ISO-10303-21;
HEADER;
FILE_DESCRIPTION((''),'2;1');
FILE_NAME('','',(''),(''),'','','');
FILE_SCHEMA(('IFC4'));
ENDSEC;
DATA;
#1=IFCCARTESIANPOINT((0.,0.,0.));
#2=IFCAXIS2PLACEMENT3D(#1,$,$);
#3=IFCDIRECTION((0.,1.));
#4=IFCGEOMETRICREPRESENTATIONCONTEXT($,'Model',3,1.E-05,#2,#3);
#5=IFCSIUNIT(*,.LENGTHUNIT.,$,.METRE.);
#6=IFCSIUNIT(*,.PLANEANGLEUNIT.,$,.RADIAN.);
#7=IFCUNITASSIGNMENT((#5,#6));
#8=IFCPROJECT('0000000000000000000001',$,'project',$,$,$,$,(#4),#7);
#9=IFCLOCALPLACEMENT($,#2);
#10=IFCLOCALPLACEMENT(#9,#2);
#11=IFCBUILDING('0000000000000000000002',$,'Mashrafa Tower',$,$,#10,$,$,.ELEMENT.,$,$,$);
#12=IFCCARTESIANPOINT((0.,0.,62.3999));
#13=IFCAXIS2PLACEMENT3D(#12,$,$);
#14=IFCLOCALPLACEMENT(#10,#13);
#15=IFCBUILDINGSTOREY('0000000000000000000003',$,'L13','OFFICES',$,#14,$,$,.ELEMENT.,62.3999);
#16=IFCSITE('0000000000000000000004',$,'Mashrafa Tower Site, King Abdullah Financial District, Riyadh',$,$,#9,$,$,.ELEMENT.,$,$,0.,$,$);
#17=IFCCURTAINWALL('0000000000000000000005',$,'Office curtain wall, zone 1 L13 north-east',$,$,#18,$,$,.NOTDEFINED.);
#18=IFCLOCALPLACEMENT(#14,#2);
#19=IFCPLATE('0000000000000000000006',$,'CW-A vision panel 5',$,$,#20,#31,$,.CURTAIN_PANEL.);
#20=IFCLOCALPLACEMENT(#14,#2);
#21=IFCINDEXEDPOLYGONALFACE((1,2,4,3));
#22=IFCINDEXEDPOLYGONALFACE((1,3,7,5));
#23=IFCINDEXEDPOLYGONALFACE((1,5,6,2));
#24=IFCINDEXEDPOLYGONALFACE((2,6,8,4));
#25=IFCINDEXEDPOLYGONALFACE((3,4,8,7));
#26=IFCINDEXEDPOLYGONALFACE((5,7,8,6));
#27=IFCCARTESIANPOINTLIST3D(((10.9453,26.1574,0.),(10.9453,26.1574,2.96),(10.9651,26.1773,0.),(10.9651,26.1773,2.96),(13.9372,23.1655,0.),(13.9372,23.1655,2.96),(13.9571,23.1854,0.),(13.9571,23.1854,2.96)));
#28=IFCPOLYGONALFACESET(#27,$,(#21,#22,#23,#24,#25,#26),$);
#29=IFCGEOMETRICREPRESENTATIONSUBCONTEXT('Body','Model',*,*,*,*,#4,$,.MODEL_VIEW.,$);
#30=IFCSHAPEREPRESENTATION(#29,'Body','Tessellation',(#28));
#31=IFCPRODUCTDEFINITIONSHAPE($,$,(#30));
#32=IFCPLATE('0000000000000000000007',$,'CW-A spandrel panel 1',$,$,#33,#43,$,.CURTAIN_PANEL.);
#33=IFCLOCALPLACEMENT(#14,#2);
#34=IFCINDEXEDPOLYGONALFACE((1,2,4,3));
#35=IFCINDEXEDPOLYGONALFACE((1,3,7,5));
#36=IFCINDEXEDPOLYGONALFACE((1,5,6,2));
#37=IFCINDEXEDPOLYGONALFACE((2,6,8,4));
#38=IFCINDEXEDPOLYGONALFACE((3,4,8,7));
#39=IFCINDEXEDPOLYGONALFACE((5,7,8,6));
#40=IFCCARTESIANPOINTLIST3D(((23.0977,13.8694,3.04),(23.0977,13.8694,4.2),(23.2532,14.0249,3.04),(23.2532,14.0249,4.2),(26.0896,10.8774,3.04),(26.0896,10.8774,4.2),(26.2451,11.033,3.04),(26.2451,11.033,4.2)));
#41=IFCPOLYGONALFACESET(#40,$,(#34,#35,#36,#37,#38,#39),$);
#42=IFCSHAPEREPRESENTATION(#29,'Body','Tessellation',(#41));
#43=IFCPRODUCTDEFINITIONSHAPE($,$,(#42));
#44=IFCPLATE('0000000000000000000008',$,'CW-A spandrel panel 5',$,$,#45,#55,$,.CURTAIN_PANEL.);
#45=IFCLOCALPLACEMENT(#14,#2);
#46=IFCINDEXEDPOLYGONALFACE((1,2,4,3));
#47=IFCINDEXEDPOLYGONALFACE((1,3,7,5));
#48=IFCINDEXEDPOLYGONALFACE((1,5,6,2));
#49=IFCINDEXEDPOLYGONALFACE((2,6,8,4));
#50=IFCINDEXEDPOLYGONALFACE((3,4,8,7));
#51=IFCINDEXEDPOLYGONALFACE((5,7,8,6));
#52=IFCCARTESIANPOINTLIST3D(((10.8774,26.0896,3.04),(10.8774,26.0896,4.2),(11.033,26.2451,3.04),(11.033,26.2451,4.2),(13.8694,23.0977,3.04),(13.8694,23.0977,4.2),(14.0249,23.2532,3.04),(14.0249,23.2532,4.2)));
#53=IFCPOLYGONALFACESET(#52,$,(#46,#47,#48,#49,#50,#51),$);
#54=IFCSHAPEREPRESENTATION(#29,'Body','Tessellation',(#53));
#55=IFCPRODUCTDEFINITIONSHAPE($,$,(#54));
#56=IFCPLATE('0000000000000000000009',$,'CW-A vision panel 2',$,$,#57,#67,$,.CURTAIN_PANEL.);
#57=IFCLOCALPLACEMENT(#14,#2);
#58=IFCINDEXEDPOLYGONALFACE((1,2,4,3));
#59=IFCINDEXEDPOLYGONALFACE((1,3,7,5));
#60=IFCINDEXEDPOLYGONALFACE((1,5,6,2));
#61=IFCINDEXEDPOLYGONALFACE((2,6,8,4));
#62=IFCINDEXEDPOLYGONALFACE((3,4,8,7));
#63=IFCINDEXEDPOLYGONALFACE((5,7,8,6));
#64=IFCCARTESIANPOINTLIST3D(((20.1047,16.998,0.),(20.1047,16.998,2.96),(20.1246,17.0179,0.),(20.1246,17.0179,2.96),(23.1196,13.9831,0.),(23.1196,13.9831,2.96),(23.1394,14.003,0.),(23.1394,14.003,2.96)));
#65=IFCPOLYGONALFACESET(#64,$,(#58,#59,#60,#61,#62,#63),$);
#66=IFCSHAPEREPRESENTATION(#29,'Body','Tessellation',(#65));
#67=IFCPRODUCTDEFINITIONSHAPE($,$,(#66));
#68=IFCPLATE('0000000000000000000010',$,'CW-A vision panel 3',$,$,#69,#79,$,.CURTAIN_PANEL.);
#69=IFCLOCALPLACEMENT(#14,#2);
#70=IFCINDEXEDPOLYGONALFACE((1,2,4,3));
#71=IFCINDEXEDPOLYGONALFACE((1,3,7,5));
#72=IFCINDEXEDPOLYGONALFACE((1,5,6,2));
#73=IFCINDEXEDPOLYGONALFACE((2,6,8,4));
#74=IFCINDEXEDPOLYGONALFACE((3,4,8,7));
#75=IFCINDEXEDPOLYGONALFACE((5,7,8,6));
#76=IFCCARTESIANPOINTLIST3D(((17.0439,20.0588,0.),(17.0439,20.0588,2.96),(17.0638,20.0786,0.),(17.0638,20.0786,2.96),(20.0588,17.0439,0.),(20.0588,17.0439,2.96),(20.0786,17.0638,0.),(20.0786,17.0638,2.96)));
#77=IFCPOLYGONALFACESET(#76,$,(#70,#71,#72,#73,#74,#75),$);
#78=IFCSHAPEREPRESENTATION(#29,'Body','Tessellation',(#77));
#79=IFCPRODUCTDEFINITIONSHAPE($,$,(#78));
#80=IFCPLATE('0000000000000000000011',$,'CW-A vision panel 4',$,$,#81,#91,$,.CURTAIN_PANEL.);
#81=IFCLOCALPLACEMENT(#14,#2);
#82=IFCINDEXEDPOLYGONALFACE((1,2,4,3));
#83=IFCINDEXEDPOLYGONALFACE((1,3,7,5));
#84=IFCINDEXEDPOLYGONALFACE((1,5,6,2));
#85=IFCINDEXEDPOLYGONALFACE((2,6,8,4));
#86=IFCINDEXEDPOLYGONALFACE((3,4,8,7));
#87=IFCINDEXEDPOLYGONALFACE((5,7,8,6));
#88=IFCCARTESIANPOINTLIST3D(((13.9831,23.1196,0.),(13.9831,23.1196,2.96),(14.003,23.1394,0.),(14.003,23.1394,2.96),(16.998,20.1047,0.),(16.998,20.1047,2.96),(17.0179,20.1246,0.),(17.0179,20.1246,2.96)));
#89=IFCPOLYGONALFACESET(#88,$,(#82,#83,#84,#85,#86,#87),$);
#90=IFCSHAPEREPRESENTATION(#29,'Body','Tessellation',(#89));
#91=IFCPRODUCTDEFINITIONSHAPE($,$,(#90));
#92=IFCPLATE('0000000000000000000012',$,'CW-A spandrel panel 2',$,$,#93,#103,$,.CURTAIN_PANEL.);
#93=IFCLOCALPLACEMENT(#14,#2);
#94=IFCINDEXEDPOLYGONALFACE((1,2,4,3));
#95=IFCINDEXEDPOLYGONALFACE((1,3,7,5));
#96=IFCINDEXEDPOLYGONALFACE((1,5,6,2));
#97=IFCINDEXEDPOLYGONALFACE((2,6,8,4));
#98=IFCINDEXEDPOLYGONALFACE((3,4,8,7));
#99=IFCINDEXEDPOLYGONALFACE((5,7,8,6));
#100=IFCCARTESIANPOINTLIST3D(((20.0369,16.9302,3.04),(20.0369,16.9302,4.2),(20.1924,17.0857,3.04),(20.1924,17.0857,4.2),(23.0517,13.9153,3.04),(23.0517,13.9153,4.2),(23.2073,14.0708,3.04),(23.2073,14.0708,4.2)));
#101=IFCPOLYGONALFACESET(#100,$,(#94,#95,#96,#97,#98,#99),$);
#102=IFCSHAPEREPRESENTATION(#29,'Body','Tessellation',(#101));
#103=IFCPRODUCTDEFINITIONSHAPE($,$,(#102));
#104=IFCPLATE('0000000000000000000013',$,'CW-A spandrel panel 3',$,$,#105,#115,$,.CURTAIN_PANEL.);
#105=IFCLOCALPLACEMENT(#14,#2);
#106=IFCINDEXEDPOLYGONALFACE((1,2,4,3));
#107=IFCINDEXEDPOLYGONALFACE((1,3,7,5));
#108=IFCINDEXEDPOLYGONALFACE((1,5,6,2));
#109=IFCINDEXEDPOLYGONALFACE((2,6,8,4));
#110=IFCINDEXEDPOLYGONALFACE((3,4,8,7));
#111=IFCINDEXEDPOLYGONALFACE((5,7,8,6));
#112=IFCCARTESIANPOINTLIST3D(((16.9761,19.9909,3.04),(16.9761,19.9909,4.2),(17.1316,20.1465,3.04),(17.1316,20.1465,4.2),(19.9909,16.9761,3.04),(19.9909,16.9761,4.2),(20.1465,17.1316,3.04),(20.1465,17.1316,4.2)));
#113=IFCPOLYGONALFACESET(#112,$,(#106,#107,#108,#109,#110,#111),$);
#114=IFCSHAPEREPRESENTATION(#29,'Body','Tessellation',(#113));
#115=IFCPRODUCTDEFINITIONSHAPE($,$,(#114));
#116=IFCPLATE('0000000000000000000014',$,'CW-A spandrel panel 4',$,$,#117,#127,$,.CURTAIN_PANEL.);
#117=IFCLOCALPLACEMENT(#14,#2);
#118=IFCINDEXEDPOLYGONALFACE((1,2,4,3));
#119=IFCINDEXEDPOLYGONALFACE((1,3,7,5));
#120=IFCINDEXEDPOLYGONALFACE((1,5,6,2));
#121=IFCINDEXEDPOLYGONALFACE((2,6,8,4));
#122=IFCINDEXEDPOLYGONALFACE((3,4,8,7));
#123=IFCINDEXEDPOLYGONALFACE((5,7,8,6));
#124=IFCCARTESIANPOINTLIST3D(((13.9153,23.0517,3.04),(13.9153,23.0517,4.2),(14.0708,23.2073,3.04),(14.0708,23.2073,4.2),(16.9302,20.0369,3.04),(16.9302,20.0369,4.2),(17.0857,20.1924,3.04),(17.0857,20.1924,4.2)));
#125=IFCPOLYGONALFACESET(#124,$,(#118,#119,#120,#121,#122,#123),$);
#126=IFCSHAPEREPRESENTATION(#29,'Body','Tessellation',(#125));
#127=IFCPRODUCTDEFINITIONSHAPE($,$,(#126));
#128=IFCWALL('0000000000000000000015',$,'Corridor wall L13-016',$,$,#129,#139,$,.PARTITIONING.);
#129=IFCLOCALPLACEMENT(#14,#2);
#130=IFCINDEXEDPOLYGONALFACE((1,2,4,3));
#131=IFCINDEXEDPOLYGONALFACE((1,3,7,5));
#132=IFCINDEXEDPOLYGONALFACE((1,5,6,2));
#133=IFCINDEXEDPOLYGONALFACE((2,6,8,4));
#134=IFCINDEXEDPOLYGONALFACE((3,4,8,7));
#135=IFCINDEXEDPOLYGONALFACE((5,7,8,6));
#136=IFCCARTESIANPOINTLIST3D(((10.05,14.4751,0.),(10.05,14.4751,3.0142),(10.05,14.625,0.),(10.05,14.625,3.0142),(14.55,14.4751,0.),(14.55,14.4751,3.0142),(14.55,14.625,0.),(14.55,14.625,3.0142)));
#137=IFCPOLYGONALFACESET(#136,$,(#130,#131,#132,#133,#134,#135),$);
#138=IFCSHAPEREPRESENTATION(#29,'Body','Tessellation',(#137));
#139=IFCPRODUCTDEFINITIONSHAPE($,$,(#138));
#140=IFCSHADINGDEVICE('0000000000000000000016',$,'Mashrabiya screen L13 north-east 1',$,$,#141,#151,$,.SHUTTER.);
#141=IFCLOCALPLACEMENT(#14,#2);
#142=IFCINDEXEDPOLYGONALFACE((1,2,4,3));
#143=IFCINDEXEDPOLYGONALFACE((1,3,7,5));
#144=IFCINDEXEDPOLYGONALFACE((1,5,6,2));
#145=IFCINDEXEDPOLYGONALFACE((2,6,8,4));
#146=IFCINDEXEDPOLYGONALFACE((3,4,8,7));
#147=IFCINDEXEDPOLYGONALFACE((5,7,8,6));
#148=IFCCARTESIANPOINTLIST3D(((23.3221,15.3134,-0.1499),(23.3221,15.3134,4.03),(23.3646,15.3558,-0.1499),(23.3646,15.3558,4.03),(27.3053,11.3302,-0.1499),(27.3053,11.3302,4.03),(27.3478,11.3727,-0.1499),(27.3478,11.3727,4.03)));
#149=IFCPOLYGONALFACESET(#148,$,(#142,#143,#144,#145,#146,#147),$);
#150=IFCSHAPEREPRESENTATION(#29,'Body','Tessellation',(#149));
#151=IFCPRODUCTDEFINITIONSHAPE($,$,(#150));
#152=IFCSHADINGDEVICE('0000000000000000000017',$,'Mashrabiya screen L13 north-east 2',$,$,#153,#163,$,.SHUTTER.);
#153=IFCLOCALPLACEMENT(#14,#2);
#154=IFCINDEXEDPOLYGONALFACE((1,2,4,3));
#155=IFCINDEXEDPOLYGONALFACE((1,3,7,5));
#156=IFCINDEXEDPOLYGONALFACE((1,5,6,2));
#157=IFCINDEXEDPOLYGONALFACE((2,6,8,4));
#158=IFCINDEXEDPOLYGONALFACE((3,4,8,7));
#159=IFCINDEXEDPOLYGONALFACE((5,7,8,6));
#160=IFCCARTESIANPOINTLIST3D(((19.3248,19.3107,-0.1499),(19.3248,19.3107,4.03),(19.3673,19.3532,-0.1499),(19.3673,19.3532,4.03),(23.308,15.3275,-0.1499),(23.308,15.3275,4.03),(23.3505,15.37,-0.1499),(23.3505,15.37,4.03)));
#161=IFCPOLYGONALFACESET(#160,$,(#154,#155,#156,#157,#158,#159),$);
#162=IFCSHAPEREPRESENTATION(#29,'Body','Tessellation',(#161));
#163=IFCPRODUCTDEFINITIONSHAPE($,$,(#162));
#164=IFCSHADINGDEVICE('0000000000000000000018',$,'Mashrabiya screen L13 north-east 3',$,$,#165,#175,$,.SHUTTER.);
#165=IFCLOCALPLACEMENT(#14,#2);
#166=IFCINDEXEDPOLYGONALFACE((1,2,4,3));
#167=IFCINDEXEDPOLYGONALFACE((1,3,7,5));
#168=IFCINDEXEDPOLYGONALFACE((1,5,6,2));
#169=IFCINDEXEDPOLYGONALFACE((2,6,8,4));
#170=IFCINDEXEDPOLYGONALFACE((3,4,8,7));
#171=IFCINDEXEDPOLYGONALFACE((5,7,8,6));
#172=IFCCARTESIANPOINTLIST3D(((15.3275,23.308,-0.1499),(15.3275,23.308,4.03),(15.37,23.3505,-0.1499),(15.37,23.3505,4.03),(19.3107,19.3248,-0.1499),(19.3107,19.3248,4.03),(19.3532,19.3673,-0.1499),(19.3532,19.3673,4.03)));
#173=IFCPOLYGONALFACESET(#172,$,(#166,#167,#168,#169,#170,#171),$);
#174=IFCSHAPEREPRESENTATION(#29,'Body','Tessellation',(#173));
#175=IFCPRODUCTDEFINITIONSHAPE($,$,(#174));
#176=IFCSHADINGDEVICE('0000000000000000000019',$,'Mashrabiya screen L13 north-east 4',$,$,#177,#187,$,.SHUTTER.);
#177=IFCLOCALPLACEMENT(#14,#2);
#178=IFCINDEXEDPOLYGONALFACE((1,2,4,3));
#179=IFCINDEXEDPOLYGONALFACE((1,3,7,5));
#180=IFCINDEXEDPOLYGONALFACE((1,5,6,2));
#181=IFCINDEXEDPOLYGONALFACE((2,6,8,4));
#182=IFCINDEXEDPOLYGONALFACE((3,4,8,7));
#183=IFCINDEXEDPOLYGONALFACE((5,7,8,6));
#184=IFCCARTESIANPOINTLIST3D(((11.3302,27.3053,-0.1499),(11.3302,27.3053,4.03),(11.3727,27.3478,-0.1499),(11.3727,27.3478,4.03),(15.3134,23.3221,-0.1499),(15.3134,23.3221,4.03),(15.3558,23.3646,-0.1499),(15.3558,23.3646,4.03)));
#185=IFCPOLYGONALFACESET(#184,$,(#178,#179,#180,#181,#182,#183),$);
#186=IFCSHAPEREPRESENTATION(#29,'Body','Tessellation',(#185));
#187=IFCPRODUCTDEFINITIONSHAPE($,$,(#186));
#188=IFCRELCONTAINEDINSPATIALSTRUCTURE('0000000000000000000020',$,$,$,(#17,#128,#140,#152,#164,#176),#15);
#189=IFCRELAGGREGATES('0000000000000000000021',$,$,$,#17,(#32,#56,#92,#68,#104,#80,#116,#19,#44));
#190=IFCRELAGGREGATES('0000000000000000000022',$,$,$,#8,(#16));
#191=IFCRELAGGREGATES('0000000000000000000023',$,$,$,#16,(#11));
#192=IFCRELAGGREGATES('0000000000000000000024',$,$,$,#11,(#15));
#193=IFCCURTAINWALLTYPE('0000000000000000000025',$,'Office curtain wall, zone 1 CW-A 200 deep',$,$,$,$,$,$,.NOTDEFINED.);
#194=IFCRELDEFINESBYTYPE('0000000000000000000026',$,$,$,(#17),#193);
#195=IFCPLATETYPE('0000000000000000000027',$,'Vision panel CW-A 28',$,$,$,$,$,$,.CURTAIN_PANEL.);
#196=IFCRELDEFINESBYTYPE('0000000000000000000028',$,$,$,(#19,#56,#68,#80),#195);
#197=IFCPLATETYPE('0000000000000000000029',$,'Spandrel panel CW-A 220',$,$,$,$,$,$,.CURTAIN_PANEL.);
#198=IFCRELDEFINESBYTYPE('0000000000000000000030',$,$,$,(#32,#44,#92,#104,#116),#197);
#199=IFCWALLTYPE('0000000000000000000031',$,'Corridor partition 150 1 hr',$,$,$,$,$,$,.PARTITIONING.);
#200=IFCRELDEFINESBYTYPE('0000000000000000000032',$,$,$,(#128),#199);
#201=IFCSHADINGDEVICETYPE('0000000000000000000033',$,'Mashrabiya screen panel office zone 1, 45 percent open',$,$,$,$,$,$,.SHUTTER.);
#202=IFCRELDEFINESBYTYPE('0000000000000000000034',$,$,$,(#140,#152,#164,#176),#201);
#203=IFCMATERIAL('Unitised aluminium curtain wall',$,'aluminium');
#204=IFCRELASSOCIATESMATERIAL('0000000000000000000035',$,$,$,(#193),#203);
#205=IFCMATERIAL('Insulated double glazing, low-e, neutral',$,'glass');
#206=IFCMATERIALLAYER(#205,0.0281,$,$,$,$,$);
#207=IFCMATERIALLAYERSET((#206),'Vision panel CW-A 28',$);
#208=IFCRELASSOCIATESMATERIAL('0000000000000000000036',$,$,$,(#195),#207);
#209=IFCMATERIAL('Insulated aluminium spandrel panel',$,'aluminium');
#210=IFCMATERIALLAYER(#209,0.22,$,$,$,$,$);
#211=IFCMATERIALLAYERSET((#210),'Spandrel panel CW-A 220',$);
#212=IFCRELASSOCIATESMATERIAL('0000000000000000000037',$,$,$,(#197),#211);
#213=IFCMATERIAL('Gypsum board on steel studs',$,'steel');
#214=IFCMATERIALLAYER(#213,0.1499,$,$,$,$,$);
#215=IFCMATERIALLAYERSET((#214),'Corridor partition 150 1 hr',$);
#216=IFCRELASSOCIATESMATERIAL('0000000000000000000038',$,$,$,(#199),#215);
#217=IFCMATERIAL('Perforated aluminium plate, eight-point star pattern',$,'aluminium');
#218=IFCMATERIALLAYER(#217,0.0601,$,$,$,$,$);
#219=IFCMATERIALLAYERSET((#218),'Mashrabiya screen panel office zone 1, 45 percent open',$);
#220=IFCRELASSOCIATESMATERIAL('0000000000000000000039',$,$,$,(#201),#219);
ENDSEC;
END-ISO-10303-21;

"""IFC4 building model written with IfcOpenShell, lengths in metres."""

from ifc_helpers import new_model, si_unit, direction, frame, frame_2d, origin, origin_2d, place, context, subcontext, project, spatial, rectangle, extrude, source, transform, mapped, material, layer, layer_set, type_object, type_shapes, element, aggregate, save


model = new_model("IFC4")

# Units and contexts
model_context = context("Model", 3, precision=1e-05, world=origin(), true_north=direction((0.0, 1.0)))
body_context = subcontext(model_context, "Body", "Model", "MODEL_VIEW")
ifc_project = project(units=[si_unit("LENGTHUNIT", "METRE"), si_unit("PLANEANGLEUNIT", "RADIAN")], contexts=[model_context])

# Site, building, storey
site_placement = place(None, origin())
site = spatial("IfcSite", under=ifc_project, at=site_placement, Name="Mashrafa Tower Site, King Abdullah Financial District, Riyadh", CompositionType="ELEMENT", RefElevation=0.0)
building_placement = place(site_placement, origin())
building = spatial("IfcBuilding", under=site, at=building_placement, Name="Mashrafa Tower", CompositionType="ELEMENT")
storey_placement = place(building_placement, frame((0.0, 0.0, 62.3999)))
storey = spatial("IfcBuildingStorey", under=building, at=storey_placement, Name="L13", Description="OFFICES", CompositionType="ELEMENT", Elevation=62.3999)

# Curtain wall, plates
ifc_material_1 = material(Name="Unitised aluminium curtain wall", Category="aluminium")
curtain_wall_type = type_object("IfcCurtainWallType", Name="Office curtain wall, zone 1 CW-A 200 deep", PredefinedType="NOTDEFINED", material=ifc_material_1)
curtain_wall_placement = place(storey_placement, origin())
curtain_wall = element("IfcCurtainWall", 1, at=curtain_wall_placement, inside=storey, type_object=curtain_wall_type, Name="Office curtain wall, zone 1 L13 north-east", PredefinedType="NOTDEFINED")
ifc_material_2 = material(Name="Insulated double glazing, low-e, neutral", Category="glass")
ifc_layer_1 = layer(ifc_material_2, 0.0281)
ifc_layer_set_1 = layer_set([ifc_layer_1], Name="Vision panel CW-A 28")
plate_type_1 = type_object("IfcPlateType", Name="Vision panel CW-A 28", PredefinedType="CURTAIN_PANEL", material=ifc_layer_set_1)
shared_shape_1 = source(origin(), body_context, "Body", "SweptSolid", [
    extrude(rectangle(XDim=4.2312, YDim=0.0281, at=origin_2d()), origin(), (0.0, 0.0, 1.0), 2.96),
])
plate_1_placement = place(storey_placement, frame((12.4512, 24.6714, 0.0), z_axis=(0.0, 0.0, 1.0), x_axis=(-0.707107, 0.707107, 0.0)))
plate_1 = element("IfcPlate", 2, at=plate_1_placement, type_object=plate_type_1, Name="CW-A vision panel 5", PredefinedType="CURTAIN_PANEL", context=body_context, shape_type="MappedRepresentation", body=[
    mapped(shared_shape_1, transform((0.0, 0.0, 0.0))),
])
ifc_material_3 = material(Name="Insulated aluminium spandrel panel", Category="aluminium")
ifc_layer_2 = layer(ifc_material_3, 0.22)
ifc_layer_set_2 = layer_set([ifc_layer_2], Name="Spandrel panel CW-A 220")
plate_type_2 = type_object("IfcPlateType", Name="Spandrel panel CW-A 220", PredefinedType="CURTAIN_PANEL", material=ifc_layer_set_2)
shared_shape_2 = source(origin(), body_context, "Body", "SweptSolid", [
    extrude(rectangle(XDim=4.2312, YDim=0.22, at=origin_2d()), origin(), (0.0, 0.0, 1.0), 1.1599),
])
plate_2_placement = place(storey_placement, frame((24.6714, 12.4512, 3.04), z_axis=(0.0, 0.0, 1.0), x_axis=(-0.707107, 0.707107, 0.0)))
plate_2 = element("IfcPlate", 3, at=plate_2_placement, type_object=plate_type_2, Name="CW-A spandrel panel 1", PredefinedType="CURTAIN_PANEL", context=body_context, shape_type="MappedRepresentation", body=[
    mapped(shared_shape_2, transform((0.0, 0.0, 0.0))),
])
plate_3_placement = place(storey_placement, frame((12.4512, 24.6714, 3.04), z_axis=(0.0, 0.0, 1.0), x_axis=(-0.707107, 0.707107, 0.0)))
plate_3 = element("IfcPlate", 4, at=plate_3_placement, type_object=plate_type_2, Name="CW-A spandrel panel 5", PredefinedType="CURTAIN_PANEL", context=body_context, shape_type="MappedRepresentation", body=[
    mapped(shared_shape_2, transform((0.0, 0.0, 0.0))),
])
shared_shape_3 = source(origin(), body_context, "Body", "SweptSolid", [
    extrude(rectangle(XDim=4.2637, YDim=0.0281, at=origin_2d()), origin(), (0.0, 0.0, 1.0), 2.96),
])
type_shapes(plate_type_1, [shared_shape_1, shared_shape_3])
plate_4_placement = place(storey_placement, frame((21.6221, 15.5005, 0.0), z_axis=(0.0, 0.0, 1.0), x_axis=(-0.707107, 0.707107, 0.0)))
plate_4 = element("IfcPlate", 5, at=plate_4_placement, type_object=plate_type_1, Name="CW-A vision panel 2", PredefinedType="CURTAIN_PANEL", context=body_context, shape_type="MappedRepresentation", body=[
    mapped(shared_shape_3, transform((0.0, 0.0, 0.0))),
])
plate_5_placement = place(storey_placement, frame((18.5613, 18.5613, 0.0), z_axis=(0.0, 0.0, 1.0), x_axis=(-0.707107, 0.707107, 0.0)))
plate_5 = element("IfcPlate", 6, at=plate_5_placement, type_object=plate_type_1, Name="CW-A vision panel 3", PredefinedType="CURTAIN_PANEL", context=body_context, shape_type="MappedRepresentation", body=[
    mapped(shared_shape_3, transform((0.0, 0.0, 0.0))),
])
plate_6_placement = place(storey_placement, frame((15.5005, 21.6221, 0.0), z_axis=(0.0, 0.0, 1.0), x_axis=(-0.707107, 0.707107, 0.0)))
plate_6 = element("IfcPlate", 7, at=plate_6_placement, type_object=plate_type_1, Name="CW-A vision panel 4", PredefinedType="CURTAIN_PANEL", context=body_context, shape_type="MappedRepresentation", body=[
    mapped(shared_shape_3, transform((0.0, 0.0, 0.0))),
])
shared_shape_4 = source(origin(), body_context, "Body", "SweptSolid", [
    extrude(rectangle(XDim=4.2637, YDim=0.22, at=origin_2d()), origin(), (0.0, 0.0, 1.0), 1.1599),
])
type_shapes(plate_type_2, [shared_shape_2, shared_shape_4])
plate_7_placement = place(storey_placement, frame((21.6221, 15.5005, 3.04), z_axis=(0.0, 0.0, 1.0), x_axis=(-0.707107, 0.707107, 0.0)))
plate_7 = element("IfcPlate", 8, at=plate_7_placement, type_object=plate_type_2, Name="CW-A spandrel panel 2", PredefinedType="CURTAIN_PANEL", context=body_context, shape_type="MappedRepresentation", body=[
    mapped(shared_shape_4, transform((0.0, 0.0, 0.0))),
])
plate_8_placement = place(storey_placement, frame((18.5613, 18.5613, 3.04), z_axis=(0.0, 0.0, 1.0), x_axis=(-0.707107, 0.707107, 0.0)))
plate_8 = element("IfcPlate", 9, at=plate_8_placement, type_object=plate_type_2, Name="CW-A spandrel panel 3", PredefinedType="CURTAIN_PANEL", context=body_context, shape_type="MappedRepresentation", body=[
    mapped(shared_shape_4, transform((0.0, 0.0, 0.0))),
])
plate_9_placement = place(storey_placement, frame((15.5005, 21.6221, 3.04), z_axis=(0.0, 0.0, 1.0), x_axis=(-0.707107, 0.707107, 0.0)))
plate_9 = element("IfcPlate", 10, at=plate_9_placement, type_object=plate_type_2, Name="CW-A spandrel panel 4", PredefinedType="CURTAIN_PANEL", context=body_context, shape_type="MappedRepresentation", body=[
    mapped(shared_shape_4, transform((0.0, 0.0, 0.0))),
])
aggregate(curtain_wall, [plate_2, plate_4, plate_7, plate_5, plate_8, plate_6, plate_9, plate_1, plate_3])

# Wall
ifc_material_4 = material(Name="Gypsum board on steel studs", Category="steel")
ifc_layer_3 = layer(ifc_material_4, 0.1499)
ifc_layer_set_3 = layer_set([ifc_layer_3], Name="Corridor partition 150 1 hr")
wall_type = type_object("IfcWallType", Name="Corridor partition 150 1 hr", PredefinedType="PARTITIONING", material=ifc_layer_set_3)
wall_placement = place(storey_placement, frame((14.55, 14.55, 0.0), z_axis=(0.0, 0.0, 1.0), x_axis=(-1.0, 0.0, 0.0)))
element("IfcWall", 11, at=wall_placement, inside=storey, type_object=wall_type, Name="Corridor wall L13-016", PredefinedType="PARTITIONING", context=body_context, shape_type="SweptSolid", body=[
    extrude(rectangle(XDim=4.5, YDim=0.1499, at=frame_2d((2.25, 0.0))), origin(), (0.0, 0.0, 1.0), 3.0142),
])

# Shading devices
ifc_material_5 = material(Name="Perforated aluminium plate, eight-point star pattern", Category="aluminium")
ifc_layer_4 = layer(ifc_material_5, 0.0601)
ifc_layer_set_4 = layer_set([ifc_layer_4], Name="Mashrabiya screen panel office zone 1, 45 percent open")
shading_device_type = type_object("IfcShadingDeviceType", Name="Mashrabiya screen panel office zone 1, 45 percent open", PredefinedType="SHUTTER", material=ifc_layer_set_4)
shared_shape_5 = source(origin(), body_context, "Body", "SweptSolid", [
    extrude(rectangle(XDim=5.6331, YDim=0.0601, at=origin_2d()), origin(), (0.0, 0.0, 1.0), 4.1799),
])
type_shapes(shading_device_type, [shared_shape_5])
for number, where, z_axis, x_axis, name in (
    (12, (25.335, 13.343, -0.1499), (0.0, 0.0, 1.0), (-0.707107, 0.707107, 0.0), "Mashrabiya screen L13 north-east 1"),
    (13, (21.3376, 17.3403, -0.1499), (0.0, 0.0, 1.0), (-0.707107, 0.707107, 0.0), "Mashrabiya screen L13 north-east 2"),
    (14, (17.3403, 21.3376, -0.1499), (0.0, 0.0, 1.0), (-0.707107, 0.707107, 0.0), "Mashrabiya screen L13 north-east 3"),
    (15, (13.343, 25.335, -0.1499), (0.0, 0.0, 1.0), (-0.707107, 0.707107, 0.0), "Mashrabiya screen L13 north-east 4"),
):
    element("IfcShadingDevice", number, at=place(storey_placement, frame(where, z_axis=z_axis, x_axis=x_axis)), inside=storey, type_object=shading_device_type, Name=name, PredefinedType="SHUTTER", context=body_context, shape_type="MappedRepresentation", body=[
        mapped(shared_shape_5, transform((0.0, 0.0, 0.0))),
    ])

save(model, "model.ifc")
